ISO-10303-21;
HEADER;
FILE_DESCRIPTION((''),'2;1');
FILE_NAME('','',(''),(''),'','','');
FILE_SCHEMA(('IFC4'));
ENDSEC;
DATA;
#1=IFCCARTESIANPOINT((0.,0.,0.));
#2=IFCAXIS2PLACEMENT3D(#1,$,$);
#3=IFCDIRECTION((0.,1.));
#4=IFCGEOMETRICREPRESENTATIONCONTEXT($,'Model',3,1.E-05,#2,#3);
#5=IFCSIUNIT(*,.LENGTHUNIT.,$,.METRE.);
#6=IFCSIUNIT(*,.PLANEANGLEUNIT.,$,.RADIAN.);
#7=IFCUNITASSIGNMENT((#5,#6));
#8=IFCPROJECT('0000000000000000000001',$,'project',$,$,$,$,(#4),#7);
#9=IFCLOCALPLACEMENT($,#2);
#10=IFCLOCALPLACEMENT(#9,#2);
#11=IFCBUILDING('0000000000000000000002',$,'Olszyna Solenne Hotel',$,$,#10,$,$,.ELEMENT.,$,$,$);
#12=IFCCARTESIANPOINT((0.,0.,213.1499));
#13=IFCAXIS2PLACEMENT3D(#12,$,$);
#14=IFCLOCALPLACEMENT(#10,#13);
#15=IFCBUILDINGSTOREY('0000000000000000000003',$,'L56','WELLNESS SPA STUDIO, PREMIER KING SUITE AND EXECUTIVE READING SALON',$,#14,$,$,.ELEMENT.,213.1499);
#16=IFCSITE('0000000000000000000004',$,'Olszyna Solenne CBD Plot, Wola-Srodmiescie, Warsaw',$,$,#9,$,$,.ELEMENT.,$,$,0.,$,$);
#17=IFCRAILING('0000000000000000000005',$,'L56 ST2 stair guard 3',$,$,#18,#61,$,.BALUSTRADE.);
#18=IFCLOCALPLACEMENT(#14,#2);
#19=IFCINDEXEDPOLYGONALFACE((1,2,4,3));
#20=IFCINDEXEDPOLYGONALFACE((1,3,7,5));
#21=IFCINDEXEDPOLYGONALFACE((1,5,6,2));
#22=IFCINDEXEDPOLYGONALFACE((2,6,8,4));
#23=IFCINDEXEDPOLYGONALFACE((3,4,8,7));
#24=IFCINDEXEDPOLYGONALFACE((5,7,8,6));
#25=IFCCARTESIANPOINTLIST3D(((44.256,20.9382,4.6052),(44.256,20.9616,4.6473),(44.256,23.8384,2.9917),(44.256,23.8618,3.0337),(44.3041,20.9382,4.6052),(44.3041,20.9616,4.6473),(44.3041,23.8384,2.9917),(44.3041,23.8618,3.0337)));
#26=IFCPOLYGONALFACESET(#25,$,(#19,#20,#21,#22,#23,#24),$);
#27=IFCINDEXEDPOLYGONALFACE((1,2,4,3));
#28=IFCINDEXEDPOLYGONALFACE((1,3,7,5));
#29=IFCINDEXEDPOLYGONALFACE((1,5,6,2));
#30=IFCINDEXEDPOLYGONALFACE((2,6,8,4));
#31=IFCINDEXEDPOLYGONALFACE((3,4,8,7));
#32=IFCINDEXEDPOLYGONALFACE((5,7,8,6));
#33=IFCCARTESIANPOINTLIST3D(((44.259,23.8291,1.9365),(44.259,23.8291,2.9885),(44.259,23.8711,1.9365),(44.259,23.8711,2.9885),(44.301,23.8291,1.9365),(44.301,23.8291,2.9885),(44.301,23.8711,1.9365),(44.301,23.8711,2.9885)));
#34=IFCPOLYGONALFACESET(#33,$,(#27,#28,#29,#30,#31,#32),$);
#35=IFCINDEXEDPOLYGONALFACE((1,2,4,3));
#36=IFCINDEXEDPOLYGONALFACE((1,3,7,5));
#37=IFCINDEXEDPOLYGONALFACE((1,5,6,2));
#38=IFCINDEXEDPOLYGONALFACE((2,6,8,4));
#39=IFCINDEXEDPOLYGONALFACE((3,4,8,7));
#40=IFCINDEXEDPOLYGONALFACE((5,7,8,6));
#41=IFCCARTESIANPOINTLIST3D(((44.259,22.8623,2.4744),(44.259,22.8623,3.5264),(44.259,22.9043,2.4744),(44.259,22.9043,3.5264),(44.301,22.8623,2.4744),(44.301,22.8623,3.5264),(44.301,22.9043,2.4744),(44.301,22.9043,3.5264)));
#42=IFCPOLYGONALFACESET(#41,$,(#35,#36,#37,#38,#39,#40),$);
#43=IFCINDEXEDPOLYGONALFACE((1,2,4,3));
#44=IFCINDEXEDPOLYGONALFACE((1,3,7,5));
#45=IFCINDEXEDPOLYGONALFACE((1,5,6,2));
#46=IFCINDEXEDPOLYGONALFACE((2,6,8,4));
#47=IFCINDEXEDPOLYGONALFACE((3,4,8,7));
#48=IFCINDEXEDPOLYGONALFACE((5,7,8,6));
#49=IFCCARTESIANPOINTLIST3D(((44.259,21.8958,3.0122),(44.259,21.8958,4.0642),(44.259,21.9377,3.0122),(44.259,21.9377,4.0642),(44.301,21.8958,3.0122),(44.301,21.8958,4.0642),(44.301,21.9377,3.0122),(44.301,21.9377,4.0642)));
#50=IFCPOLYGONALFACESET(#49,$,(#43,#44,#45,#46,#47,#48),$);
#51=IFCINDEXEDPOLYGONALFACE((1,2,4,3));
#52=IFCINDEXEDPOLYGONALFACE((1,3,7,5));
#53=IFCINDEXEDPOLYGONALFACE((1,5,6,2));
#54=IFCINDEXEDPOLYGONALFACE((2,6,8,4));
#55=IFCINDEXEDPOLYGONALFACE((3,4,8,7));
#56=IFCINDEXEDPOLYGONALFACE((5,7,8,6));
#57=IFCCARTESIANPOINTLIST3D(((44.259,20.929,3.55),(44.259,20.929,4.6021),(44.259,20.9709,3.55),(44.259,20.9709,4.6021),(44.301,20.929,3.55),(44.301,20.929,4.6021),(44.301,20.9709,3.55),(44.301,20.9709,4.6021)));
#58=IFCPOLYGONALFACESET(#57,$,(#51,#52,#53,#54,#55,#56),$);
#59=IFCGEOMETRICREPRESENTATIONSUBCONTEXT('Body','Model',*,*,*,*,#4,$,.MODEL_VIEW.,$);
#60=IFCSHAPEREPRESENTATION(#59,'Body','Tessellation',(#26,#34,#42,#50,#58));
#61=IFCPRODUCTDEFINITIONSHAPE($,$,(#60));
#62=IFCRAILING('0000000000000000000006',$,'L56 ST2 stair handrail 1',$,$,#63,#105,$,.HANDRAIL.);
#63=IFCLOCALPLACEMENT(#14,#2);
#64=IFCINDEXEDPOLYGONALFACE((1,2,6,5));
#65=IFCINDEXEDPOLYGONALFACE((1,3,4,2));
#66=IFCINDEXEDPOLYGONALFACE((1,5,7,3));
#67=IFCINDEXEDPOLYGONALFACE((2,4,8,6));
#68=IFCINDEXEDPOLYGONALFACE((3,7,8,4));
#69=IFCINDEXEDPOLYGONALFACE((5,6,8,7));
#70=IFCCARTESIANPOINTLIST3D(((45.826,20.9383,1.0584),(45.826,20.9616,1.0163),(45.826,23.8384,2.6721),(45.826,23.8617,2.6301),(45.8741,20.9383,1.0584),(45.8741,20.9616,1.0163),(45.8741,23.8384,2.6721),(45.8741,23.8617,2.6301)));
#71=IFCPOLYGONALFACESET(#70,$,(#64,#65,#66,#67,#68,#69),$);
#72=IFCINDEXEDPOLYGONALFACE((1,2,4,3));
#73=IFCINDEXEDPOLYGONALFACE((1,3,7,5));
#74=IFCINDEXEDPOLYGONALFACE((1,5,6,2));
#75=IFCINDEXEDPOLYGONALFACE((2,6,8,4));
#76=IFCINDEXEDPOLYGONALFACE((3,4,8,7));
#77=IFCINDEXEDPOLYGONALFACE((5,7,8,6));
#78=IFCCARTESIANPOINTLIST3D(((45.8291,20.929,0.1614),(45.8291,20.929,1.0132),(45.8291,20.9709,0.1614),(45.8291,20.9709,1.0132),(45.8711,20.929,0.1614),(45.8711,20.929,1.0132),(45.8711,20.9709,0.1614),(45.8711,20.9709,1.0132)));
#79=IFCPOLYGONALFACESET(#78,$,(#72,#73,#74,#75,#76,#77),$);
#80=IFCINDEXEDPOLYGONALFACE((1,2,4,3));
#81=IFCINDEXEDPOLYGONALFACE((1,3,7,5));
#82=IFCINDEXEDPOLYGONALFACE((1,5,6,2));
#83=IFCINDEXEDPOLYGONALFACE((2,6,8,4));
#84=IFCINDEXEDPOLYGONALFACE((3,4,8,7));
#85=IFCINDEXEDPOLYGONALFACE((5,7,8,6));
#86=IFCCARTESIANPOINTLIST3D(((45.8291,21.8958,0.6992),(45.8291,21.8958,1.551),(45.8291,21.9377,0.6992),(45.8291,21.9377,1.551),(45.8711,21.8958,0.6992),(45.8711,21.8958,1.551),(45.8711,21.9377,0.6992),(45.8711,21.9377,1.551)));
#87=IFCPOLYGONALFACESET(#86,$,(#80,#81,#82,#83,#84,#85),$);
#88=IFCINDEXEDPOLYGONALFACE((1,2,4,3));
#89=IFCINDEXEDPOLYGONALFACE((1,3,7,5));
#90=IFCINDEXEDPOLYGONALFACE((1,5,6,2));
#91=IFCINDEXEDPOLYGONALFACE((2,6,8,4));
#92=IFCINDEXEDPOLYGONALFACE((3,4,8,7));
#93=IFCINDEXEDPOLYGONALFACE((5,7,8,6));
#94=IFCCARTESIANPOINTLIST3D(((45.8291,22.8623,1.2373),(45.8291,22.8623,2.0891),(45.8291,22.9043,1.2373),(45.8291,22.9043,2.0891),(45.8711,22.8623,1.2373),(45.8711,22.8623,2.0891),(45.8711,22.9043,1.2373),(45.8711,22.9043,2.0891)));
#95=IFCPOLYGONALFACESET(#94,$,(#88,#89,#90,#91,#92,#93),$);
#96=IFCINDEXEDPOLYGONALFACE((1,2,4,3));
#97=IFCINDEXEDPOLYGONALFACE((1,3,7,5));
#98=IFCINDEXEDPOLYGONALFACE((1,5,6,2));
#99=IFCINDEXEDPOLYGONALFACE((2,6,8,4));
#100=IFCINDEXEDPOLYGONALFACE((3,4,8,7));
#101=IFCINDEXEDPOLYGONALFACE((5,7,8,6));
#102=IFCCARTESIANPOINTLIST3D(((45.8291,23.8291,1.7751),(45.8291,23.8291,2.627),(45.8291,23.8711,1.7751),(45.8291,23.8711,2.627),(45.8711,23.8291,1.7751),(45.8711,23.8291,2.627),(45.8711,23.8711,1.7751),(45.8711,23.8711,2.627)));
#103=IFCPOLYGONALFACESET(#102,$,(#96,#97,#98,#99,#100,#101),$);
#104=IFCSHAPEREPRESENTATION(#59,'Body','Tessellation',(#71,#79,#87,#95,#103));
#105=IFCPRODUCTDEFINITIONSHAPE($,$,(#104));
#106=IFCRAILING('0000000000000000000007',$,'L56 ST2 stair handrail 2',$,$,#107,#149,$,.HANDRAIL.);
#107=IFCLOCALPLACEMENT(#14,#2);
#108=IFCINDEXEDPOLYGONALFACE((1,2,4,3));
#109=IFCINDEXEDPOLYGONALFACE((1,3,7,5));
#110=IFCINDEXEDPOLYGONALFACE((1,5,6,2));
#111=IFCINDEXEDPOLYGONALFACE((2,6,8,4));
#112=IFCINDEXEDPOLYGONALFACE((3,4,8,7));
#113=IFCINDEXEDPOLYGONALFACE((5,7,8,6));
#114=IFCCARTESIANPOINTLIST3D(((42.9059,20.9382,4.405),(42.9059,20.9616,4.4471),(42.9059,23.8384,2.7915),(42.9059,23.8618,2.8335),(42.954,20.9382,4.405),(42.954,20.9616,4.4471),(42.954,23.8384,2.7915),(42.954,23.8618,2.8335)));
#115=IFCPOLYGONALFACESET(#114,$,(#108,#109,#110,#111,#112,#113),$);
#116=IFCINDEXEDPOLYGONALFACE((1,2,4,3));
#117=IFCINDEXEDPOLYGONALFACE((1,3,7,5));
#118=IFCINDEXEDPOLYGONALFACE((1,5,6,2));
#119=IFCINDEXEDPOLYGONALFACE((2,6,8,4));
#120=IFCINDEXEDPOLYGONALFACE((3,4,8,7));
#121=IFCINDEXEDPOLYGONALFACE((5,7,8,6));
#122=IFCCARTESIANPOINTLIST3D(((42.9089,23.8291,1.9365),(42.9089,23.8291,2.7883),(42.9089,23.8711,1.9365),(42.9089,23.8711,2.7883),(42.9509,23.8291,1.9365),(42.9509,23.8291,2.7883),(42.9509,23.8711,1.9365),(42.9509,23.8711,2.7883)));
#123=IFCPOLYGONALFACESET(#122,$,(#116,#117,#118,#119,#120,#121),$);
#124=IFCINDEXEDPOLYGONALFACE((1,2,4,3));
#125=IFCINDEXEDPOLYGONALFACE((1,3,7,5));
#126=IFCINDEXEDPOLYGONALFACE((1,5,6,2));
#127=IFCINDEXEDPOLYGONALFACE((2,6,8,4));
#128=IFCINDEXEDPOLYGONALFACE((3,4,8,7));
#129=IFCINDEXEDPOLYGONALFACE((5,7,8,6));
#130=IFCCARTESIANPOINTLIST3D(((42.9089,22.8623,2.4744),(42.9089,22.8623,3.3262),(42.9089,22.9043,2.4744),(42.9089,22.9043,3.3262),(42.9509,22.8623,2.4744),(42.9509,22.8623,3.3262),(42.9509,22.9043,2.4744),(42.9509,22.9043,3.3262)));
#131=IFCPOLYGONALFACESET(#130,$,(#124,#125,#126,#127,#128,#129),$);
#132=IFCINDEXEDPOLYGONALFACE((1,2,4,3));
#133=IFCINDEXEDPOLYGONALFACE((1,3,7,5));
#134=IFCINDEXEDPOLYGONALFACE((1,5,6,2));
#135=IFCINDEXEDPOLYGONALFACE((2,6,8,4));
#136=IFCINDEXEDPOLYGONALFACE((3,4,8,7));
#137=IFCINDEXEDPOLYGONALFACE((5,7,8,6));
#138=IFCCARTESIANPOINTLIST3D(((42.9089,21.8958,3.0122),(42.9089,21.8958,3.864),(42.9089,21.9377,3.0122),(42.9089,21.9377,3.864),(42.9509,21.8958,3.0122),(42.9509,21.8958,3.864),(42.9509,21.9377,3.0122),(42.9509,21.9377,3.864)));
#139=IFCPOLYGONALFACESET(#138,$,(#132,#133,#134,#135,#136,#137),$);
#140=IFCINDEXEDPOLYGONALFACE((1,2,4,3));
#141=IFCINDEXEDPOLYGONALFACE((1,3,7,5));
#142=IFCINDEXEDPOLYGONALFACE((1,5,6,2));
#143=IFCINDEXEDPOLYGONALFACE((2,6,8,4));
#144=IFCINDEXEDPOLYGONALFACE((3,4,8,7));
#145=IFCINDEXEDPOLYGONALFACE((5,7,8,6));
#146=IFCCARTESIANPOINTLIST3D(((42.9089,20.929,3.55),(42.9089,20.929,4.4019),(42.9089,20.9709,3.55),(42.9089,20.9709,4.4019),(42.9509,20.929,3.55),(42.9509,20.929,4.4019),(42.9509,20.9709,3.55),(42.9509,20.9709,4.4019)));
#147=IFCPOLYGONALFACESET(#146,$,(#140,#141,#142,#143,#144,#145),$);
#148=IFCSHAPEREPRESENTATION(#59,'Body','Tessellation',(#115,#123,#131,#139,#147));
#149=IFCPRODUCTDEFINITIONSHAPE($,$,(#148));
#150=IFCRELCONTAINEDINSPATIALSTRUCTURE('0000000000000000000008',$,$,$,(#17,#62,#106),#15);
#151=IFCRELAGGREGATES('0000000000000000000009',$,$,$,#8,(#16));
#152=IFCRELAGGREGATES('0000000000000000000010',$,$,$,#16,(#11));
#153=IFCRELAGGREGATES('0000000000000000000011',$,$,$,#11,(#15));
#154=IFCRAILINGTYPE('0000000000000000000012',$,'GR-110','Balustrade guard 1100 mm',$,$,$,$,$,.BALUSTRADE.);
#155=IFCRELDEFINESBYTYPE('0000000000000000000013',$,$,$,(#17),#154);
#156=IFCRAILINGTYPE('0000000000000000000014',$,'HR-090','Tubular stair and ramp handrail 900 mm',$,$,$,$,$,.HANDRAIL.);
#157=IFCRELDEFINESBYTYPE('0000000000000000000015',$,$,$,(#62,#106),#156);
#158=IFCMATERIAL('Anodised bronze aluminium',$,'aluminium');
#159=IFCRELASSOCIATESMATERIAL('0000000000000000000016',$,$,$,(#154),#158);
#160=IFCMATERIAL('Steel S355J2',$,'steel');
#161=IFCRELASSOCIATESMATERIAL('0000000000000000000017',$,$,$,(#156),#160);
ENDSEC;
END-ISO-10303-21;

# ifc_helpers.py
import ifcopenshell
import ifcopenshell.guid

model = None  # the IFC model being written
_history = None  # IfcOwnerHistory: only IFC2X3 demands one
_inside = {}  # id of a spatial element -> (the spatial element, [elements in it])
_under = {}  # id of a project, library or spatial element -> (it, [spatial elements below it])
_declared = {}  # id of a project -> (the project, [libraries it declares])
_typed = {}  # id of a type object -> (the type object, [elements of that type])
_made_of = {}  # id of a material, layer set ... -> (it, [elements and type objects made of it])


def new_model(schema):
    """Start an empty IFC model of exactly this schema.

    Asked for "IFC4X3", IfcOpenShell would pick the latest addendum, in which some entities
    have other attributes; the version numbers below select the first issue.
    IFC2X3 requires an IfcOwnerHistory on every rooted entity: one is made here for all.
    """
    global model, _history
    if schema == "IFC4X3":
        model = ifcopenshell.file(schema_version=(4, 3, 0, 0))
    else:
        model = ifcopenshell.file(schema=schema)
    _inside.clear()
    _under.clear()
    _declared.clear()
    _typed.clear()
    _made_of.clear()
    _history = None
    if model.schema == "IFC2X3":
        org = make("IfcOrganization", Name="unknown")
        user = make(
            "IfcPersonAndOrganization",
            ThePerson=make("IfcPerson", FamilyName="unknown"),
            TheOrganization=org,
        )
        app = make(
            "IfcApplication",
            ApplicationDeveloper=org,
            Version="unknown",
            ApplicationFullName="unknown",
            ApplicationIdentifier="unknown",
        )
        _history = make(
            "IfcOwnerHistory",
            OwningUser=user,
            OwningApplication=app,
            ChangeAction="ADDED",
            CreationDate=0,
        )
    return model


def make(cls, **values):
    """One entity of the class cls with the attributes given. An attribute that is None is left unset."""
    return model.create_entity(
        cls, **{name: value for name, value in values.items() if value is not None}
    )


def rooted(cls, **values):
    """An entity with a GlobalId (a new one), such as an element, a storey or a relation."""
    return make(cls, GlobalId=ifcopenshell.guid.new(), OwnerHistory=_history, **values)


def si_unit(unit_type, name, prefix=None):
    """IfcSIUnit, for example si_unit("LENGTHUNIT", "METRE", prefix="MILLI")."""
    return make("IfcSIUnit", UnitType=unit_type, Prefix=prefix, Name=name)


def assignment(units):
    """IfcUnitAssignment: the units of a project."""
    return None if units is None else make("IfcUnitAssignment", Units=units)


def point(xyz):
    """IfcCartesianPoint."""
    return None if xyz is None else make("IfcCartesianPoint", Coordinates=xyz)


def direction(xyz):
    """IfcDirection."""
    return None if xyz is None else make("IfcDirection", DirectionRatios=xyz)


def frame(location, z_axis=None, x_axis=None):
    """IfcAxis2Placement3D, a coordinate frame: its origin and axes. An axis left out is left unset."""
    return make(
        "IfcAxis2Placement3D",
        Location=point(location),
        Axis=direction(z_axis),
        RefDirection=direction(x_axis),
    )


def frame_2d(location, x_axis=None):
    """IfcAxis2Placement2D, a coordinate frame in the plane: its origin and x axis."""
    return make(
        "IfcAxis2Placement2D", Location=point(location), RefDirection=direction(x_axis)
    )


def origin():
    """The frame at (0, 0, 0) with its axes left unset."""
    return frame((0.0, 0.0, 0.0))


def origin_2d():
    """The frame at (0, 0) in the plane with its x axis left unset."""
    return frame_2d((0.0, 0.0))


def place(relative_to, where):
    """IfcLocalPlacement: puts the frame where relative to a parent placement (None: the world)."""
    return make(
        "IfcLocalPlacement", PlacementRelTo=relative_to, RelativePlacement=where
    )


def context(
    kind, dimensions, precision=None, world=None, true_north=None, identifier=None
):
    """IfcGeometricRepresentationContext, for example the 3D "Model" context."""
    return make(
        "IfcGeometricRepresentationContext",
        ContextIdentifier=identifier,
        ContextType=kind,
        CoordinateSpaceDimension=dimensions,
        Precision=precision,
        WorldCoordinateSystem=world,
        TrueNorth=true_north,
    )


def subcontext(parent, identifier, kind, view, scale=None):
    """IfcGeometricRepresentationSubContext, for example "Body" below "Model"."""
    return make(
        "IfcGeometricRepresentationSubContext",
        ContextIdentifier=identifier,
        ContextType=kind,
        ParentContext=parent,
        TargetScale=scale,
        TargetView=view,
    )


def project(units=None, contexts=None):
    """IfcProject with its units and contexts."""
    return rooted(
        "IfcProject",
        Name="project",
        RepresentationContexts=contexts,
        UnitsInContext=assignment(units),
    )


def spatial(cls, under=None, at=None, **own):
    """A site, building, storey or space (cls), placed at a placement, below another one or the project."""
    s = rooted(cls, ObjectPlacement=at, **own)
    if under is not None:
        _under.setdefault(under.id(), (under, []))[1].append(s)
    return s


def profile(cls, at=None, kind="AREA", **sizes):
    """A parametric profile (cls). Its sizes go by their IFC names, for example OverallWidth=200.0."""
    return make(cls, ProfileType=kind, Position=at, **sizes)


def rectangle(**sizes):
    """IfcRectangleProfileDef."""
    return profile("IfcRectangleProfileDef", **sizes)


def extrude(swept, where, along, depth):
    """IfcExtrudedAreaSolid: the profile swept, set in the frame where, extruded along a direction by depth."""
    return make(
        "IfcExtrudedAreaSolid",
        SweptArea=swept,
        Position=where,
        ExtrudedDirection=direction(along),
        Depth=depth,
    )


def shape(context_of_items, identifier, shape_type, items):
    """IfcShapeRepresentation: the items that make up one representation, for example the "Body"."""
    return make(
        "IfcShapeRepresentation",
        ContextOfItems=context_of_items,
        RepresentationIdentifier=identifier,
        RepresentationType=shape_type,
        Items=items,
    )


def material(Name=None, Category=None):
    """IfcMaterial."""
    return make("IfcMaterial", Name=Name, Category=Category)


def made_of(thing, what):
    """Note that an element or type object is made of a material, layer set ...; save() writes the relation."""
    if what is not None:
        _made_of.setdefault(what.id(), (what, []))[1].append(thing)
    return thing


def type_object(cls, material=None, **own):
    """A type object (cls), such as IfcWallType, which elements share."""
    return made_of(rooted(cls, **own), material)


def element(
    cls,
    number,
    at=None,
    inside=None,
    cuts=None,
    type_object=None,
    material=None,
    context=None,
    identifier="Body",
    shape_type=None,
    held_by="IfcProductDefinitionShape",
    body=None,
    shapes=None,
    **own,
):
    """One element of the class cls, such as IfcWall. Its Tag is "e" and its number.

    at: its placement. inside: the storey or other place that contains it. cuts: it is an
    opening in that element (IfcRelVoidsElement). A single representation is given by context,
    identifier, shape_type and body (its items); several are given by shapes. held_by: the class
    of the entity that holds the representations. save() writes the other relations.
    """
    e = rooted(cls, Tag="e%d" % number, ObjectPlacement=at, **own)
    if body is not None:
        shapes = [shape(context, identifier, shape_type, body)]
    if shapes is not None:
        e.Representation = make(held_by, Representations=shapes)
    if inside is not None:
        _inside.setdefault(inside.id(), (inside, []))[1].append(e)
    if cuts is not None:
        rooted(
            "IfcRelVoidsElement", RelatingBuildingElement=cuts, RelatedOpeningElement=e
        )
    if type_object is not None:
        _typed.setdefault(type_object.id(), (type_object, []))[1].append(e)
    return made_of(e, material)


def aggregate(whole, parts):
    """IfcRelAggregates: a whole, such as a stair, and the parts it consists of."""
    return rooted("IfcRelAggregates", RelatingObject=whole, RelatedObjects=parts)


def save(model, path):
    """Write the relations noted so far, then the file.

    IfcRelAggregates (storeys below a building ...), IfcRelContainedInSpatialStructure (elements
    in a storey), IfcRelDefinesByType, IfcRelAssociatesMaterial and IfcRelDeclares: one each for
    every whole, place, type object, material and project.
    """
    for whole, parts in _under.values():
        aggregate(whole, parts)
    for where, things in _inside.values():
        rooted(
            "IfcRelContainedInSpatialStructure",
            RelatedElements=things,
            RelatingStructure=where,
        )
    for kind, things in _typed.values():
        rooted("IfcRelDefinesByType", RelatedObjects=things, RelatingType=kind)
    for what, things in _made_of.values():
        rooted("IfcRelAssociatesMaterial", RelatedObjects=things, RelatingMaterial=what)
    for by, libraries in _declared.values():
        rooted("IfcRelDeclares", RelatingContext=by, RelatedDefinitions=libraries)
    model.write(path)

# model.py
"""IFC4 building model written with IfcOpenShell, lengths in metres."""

from ifc_helpers import new_model, si_unit, direction, frame, origin, origin_2d, place, context, subcontext, project, spatial, rectangle, extrude, material, type_object, element, save


model = new_model("IFC4")

# Units and contexts
model_context = context("Model", 3, precision=1e-05, world=origin(), true_north=direction((0.0, 1.0)))
body_context = subcontext(model_context, "Body", "Model", "MODEL_VIEW")
ifc_project = project(units=[si_unit("LENGTHUNIT", "METRE"), si_unit("PLANEANGLEUNIT", "RADIAN")], contexts=[model_context])

# Site, building, storey
site_placement = place(None, origin())
site = spatial("IfcSite", under=ifc_project, at=site_placement, Name="Olszyna Solenne CBD Plot, Wola-Srodmiescie, Warsaw", CompositionType="ELEMENT", RefElevation=0.0)
building_placement = place(site_placement, origin())
building = spatial("IfcBuilding", under=site, at=building_placement, Name="Olszyna Solenne Hotel", CompositionType="ELEMENT")
storey_placement = place(building_placement, frame((0.0, 0.0, 213.1499)))
storey = spatial("IfcBuildingStorey", under=building, at=storey_placement, Name="L56", Description="WELLNESS SPA STUDIO, PREMIER KING SUITE AND EXECUTIVE READING SALON", CompositionType="ELEMENT", Elevation=213.1499)

# Shared definitions
ifc_material_1 = material(Name="Steel S355J2", Category="steel")

# Shared definitions
ifc_material_2 = material(Name="Anodised bronze aluminium", Category="aluminium")

# Railings
railing_type_1 = type_object("IfcRailingType", Name="GR-110", Description="Balustrade guard 1100 mm", PredefinedType="BALUSTRADE", material=ifc_material_2)
railing_1_placement = place(storey_placement, frame((44.28, 23.8501, 1.9365)))
element("IfcRailing", 1, at=railing_1_placement, inside=storey, type_object=railing_type_1, Name="L56 ST2 stair guard 3", PredefinedType="BALUSTRADE", context=body_context, shape_type="SweptSolid", body=[
    extrude(rectangle(XDim=0.0481, YDim=0.0481, at=origin_2d()), frame((0.0, 0.0, 1.0762), z_axis=(0.0, -0.873859, 0.48618), x_axis=(1.0, 0.0, 0.0)), (0.0, 0.0, 1.0), 3.3188),
    extrude(rectangle(XDim=0.042, YDim=0.042, at=origin_2d()), origin(), (0.0, 0.0, 1.0), 1.052),
    extrude(rectangle(XDim=0.042, YDim=0.042, at=origin_2d()), frame((0.0, -0.9668, 0.5378)), (0.0, 0.0, 1.0), 1.052),
    extrude(rectangle(XDim=0.042, YDim=0.042, at=origin_2d()), frame((0.0, -1.9333, 1.0757)), (0.0, 0.0, 1.0), 1.052),
    extrude(rectangle(XDim=0.042, YDim=0.042, at=origin_2d()), frame((0.0, -2.9001, 1.6135)), (0.0, 0.0, 1.0), 1.052),
])
railing_type_2 = type_object("IfcRailingType", Name="HR-090", Description="Tubular stair and ramp handrail 900 mm", PredefinedType="HANDRAIL", material=ifc_material_1)
railing_2_placement = place(storey_placement, frame((45.8501, 20.95, 0.1614)))
element("IfcRailing", 2, at=railing_2_placement, inside=storey, type_object=railing_type_2, Name="L56 ST2 stair handrail 1", PredefinedType="HANDRAIL", context=body_context, shape_type="SweptSolid", body=[
    extrude(rectangle(XDim=0.0481, YDim=0.0481, at=origin_2d()), frame((0.0, 0.0, 0.876), z_axis=(0.0, 0.873827, 0.486236), x_axis=(-1.0, 0.0, 0.0)), (0.0, 0.0, 1.0), 3.3188),
    extrude(rectangle(XDim=0.042, YDim=0.042, at=origin_2d()), origin(), (0.0, 0.0, 1.0), 0.8518),
    extrude(rectangle(XDim=0.042, YDim=0.042, at=origin_2d()), frame((0.0, 0.9668, 0.5378)), (0.0, 0.0, 1.0), 0.8518),
    extrude(rectangle(XDim=0.042, YDim=0.042, at=origin_2d()), frame((0.0, 1.9333, 1.0759)), (0.0, 0.0, 1.0), 0.8518),
    extrude(rectangle(XDim=0.042, YDim=0.042, at=origin_2d()), frame((0.0, 2.9001, 1.6138)), (0.0, 0.0, 1.0), 0.8518),
])
railing_3_placement = place(storey_placement, frame((42.9299, 23.8501, 1.9365)))
element("IfcRailing", 3, at=railing_3_placement, inside=storey, type_object=railing_type_2, Name="L56 ST2 stair handrail 2", PredefinedType="HANDRAIL", context=body_context, shape_type="SweptSolid", body=[
    extrude(rectangle(XDim=0.0481, YDim=0.0481, at=origin_2d()), frame((0.0, 0.0, 0.876), z_axis=(0.0, -0.873859, 0.48618), x_axis=(1.0, 0.0, 0.0)), (0.0, 0.0, 1.0), 3.3188),
    extrude(rectangle(XDim=0.042, YDim=0.042, at=origin_2d()), origin(), (0.0, 0.0, 1.0), 0.8518),
    extrude(rectangle(XDim=0.042, YDim=0.042, at=origin_2d()), frame((0.0, -0.9668, 0.5378)), (0.0, 0.0, 1.0), 0.8518),
    extrude(rectangle(XDim=0.042, YDim=0.042, at=origin_2d()), frame((0.0, -1.9333, 1.0757)), (0.0, 0.0, 1.0), 0.8518),
    extrude(rectangle(XDim=0.042, YDim=0.042, at=origin_2d()), frame((0.0, -2.9001, 1.6135)), (0.0, 0.0, 1.0), 0.8518),
])

save(model, "model.ifc")
